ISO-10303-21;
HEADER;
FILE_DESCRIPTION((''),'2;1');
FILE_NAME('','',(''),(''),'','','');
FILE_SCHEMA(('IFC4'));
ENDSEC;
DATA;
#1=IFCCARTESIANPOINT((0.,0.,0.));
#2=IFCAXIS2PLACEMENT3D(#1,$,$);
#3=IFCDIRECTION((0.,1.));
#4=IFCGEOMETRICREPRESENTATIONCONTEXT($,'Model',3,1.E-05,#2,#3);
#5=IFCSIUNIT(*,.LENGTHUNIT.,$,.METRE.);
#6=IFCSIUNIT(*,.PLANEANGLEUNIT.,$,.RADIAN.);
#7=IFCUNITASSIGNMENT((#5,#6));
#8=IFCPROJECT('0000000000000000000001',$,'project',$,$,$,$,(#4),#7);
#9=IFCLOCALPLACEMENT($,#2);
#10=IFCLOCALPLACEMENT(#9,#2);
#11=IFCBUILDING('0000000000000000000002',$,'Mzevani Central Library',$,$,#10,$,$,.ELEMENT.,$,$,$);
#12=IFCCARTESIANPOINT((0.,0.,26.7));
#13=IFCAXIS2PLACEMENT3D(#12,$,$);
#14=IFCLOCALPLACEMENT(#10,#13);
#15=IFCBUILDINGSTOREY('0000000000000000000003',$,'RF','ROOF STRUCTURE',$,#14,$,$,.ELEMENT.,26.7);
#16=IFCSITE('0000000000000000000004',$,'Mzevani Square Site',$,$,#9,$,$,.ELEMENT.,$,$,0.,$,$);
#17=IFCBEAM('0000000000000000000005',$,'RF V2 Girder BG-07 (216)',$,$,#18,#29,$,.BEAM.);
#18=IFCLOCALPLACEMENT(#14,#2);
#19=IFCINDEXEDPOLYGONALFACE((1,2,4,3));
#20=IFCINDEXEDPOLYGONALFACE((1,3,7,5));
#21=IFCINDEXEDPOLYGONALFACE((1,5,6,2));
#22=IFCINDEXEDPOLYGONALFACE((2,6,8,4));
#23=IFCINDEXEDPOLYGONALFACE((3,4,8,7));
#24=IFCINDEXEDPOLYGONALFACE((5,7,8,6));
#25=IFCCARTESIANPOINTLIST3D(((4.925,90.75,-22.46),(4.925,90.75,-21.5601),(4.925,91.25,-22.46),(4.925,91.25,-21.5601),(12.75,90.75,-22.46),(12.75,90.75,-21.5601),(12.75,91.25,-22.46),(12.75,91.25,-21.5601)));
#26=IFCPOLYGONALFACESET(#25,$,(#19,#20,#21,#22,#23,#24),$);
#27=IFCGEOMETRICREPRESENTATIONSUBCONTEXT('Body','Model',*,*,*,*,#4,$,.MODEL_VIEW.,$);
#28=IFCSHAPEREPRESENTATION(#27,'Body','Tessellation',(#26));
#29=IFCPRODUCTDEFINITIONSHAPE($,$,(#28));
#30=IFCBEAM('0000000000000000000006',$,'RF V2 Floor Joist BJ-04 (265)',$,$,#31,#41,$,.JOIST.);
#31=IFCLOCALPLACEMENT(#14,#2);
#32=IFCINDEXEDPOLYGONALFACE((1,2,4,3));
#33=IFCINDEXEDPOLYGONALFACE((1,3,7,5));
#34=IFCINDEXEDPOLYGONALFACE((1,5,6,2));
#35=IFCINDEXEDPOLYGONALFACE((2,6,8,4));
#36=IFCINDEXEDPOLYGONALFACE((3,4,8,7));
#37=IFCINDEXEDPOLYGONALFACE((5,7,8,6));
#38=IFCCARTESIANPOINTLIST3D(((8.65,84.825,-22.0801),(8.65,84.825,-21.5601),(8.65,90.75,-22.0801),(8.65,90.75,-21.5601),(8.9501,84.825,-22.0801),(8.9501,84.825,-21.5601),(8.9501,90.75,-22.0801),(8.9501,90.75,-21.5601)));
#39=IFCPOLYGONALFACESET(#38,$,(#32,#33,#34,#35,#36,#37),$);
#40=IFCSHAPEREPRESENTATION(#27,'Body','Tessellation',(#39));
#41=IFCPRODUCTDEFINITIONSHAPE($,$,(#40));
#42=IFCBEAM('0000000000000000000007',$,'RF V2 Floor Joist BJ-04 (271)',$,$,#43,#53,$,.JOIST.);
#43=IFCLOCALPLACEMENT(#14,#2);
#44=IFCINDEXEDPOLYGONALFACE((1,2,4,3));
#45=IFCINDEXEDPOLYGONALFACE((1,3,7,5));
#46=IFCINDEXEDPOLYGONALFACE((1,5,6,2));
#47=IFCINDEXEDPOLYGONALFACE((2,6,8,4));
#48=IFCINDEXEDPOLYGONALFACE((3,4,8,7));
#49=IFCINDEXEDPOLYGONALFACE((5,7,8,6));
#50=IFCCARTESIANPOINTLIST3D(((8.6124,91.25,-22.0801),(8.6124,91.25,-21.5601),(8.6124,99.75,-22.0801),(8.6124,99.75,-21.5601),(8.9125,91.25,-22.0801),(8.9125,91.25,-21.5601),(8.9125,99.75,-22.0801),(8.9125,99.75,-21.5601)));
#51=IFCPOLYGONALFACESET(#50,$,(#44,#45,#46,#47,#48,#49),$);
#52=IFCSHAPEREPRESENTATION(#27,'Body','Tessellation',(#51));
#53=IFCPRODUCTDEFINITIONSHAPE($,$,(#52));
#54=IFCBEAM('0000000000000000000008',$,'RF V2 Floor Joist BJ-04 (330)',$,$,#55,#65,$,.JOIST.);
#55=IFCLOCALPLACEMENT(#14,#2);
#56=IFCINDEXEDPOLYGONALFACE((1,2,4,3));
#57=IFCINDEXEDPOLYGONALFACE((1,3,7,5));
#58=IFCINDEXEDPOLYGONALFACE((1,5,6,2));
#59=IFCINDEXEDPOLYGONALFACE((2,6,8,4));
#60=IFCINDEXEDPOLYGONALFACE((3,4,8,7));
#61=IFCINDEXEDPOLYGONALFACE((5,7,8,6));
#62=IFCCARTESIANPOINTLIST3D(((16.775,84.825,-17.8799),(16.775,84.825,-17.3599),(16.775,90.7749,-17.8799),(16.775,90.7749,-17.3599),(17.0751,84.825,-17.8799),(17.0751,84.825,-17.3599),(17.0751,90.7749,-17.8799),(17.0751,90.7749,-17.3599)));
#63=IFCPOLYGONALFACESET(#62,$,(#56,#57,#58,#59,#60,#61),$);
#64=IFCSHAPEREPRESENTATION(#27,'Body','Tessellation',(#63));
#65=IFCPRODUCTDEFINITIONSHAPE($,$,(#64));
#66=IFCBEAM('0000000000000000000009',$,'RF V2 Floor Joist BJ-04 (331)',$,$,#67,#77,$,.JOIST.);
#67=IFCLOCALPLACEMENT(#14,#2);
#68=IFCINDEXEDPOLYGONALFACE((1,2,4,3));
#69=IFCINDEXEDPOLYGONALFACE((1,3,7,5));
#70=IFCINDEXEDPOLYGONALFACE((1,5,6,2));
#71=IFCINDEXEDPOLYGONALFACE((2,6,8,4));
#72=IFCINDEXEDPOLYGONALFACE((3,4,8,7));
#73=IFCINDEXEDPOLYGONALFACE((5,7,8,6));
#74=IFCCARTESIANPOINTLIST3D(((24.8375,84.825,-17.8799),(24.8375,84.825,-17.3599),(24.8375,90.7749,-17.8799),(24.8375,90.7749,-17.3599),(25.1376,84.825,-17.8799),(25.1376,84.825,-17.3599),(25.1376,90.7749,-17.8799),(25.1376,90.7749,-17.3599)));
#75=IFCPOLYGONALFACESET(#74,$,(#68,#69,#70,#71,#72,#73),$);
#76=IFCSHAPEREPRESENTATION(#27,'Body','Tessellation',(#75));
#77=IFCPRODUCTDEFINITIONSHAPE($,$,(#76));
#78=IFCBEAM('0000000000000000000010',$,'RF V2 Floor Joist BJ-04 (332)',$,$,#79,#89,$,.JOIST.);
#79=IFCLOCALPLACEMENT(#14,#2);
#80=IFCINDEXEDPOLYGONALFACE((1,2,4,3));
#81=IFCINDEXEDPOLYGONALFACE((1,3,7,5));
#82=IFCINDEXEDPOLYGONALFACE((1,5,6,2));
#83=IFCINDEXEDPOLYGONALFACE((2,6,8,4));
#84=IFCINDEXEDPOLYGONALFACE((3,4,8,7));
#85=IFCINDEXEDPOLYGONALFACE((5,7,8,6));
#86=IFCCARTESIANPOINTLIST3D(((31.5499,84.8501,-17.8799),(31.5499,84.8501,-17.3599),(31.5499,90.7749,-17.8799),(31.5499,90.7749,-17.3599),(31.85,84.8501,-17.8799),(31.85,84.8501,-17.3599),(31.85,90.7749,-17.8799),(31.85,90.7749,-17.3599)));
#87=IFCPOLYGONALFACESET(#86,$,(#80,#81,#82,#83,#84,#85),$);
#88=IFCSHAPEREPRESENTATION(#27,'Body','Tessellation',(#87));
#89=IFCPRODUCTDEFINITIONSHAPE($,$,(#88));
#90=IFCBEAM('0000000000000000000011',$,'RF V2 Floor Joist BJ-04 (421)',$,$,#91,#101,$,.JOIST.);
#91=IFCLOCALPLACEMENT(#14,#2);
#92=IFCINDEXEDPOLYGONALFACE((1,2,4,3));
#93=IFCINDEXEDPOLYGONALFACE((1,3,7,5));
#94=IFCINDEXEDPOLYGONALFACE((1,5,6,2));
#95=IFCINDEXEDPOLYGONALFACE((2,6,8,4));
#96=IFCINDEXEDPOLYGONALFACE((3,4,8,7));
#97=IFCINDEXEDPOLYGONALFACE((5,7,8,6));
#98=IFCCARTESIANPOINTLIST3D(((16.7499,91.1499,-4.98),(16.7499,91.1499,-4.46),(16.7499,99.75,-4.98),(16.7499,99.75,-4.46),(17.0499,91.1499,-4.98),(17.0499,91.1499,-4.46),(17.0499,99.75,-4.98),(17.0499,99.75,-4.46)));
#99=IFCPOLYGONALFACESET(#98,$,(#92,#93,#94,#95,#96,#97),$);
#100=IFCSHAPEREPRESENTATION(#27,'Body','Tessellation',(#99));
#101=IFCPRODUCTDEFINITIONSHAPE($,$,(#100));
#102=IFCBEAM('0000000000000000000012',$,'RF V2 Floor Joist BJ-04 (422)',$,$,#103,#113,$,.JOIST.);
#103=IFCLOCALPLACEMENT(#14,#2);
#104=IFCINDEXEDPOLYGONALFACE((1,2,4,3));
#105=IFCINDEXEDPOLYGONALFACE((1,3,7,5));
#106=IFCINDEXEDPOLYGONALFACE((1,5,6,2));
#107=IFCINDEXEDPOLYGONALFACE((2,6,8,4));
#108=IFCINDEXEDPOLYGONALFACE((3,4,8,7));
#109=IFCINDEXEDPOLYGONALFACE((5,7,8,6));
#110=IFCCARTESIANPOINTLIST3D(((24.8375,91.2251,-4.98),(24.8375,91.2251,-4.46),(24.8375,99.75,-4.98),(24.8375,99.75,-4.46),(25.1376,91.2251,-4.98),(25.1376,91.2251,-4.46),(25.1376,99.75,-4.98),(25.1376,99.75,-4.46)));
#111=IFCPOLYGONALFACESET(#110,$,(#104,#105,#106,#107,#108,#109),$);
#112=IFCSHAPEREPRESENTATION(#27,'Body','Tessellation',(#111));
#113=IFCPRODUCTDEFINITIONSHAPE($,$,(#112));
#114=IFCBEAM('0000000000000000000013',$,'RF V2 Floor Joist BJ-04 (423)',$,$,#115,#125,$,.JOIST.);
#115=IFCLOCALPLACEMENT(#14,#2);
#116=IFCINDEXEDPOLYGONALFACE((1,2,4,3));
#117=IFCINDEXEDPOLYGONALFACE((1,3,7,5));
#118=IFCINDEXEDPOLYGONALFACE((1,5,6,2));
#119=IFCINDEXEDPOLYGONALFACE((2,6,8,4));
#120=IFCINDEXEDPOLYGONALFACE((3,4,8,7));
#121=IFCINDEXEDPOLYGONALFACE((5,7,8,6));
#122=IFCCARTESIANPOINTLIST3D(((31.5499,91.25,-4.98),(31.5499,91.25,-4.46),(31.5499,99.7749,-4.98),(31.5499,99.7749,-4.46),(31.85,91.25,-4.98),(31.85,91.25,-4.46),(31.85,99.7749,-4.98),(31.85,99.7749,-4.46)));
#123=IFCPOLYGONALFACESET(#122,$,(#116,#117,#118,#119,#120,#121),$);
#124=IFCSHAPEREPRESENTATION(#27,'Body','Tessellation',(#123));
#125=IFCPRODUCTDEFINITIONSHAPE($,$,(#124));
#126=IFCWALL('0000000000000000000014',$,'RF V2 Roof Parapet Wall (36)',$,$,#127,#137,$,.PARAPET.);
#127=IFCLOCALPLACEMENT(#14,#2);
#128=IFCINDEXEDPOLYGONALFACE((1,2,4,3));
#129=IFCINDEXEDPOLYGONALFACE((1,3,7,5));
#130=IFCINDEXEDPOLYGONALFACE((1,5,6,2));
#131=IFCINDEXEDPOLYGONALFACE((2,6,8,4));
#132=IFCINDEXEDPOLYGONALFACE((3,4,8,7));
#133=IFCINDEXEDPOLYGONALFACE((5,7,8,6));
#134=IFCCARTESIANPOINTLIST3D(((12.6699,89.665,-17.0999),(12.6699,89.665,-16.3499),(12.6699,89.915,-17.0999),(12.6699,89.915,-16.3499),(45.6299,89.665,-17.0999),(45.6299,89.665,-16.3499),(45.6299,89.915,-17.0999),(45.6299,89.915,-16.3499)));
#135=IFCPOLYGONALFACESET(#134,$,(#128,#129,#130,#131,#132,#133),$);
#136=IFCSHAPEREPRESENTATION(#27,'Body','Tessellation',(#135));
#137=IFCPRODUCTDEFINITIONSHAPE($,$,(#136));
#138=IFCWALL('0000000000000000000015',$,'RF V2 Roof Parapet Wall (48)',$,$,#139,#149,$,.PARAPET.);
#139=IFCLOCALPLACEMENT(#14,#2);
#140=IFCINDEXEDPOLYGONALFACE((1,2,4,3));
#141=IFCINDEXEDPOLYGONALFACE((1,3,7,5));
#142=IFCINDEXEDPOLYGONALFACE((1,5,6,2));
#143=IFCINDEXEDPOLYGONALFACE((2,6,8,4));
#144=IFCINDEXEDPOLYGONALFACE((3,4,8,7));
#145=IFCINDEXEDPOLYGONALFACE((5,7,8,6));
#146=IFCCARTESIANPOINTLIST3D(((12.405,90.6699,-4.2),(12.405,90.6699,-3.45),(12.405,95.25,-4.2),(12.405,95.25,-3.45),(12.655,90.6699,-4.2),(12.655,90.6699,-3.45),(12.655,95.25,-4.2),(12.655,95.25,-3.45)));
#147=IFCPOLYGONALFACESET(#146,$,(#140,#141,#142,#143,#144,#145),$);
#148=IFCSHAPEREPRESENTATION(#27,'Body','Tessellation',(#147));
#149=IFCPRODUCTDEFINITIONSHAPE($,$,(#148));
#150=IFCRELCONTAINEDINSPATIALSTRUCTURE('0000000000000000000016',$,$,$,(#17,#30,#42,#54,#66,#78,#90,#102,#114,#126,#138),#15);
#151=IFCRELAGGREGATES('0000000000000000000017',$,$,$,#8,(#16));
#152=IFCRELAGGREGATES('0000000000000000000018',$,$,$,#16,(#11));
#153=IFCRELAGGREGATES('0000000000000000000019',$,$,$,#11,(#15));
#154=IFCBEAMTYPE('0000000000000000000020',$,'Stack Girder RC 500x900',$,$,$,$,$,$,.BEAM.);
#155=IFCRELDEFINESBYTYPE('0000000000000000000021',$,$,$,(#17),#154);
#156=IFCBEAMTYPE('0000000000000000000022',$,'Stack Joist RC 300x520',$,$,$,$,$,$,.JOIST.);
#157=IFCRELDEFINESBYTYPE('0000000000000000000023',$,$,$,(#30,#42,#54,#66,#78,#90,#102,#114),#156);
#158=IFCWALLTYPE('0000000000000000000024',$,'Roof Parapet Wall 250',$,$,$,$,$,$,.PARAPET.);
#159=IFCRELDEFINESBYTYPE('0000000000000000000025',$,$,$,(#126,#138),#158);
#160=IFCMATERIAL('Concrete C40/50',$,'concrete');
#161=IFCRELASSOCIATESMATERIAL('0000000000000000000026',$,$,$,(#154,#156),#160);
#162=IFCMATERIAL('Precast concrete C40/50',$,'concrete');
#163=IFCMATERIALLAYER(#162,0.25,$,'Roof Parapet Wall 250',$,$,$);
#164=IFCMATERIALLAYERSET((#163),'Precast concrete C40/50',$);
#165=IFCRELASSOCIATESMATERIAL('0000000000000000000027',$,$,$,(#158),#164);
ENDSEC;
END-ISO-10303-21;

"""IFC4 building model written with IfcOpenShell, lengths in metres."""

from ifc_helpers import new_model, si_unit, direction, frame, frame_2d, origin, origin_2d, place, context, subcontext, project, spatial, rectangle, extrude, material, layer, layer_set, material_profile, profile_set, type_object, element, save


model = new_model("IFC4")

# Units and contexts
model_context = context("Model", 3, precision=1e-05, world=origin(), true_north=direction((0.0, 1.0)))
body_context = subcontext(model_context, "Body", "Model", "MODEL_VIEW")
ifc_project = project(units=[si_unit("LENGTHUNIT", "METRE"), si_unit("PLANEANGLEUNIT", "RADIAN")], contexts=[model_context])

# Site, building, storey
site_placement = place(None, origin())
site = spatial("IfcSite", under=ifc_project, at=site_placement, Name="Mzevani Square Site", CompositionType="ELEMENT", RefElevation=0.0)
building_placement = place(site_placement, origin())
building = spatial("IfcBuilding", under=site, at=building_placement, Name="Mzevani Central Library", CompositionType="ELEMENT")
storey_placement = place(building_placement, frame((0.0, 0.0, 26.7)))
storey = spatial("IfcBuildingStorey", under=building, at=storey_placement, Name="RF", Description="ROOF STRUCTURE", CompositionType="ELEMENT", Elevation=26.7)

# Beams
ifc_material_1 = material(Name="Precast concrete C40/50", Category="concrete")
ifc_material_2 = material(Name="Concrete C40/50", Category="concrete")
ifc_material_profile_1 = material_profile(ifc_material_2, rectangle(XDim=0.5, YDim=0.8999, at=origin_2d()), Name="RC B500x900")
ifc_profile_set_1 = profile_set([ifc_material_profile_1], Name="Concrete C40/50")
beam_type_1 = type_object("IfcBeamType", Name="Stack Girder RC 500x900", PredefinedType="BEAM", material=ifc_profile_set_1)
beam_1_placement = place(storey_placement, frame((4.925, 91.0, -22.01), z_axis=(1.0, 0.0, 0.0), x_axis=(0.0, 1.0, 0.0)))
element("IfcBeam", 1, at=beam_1_placement, inside=storey, type_object=beam_type_1, Name="RF V2 Girder BG-07 (216)", PredefinedType="BEAM", context=body_context, shape_type="SweptSolid", body=[
    extrude(rectangle(XDim=0.5, YDim=0.8999, at=origin_2d()), origin(), (0.0, 0.0, 1.0), 7.825),
])
ifc_material_profile_2 = material_profile(ifc_material_2, rectangle(XDim=0.3, YDim=0.52, at=origin_2d()), Name="RC J300x520")
ifc_profile_set_2 = profile_set([ifc_material_profile_2], Name="Concrete C40/50")
beam_type_2 = type_object("IfcBeamType", Name="Stack Joist RC 300x520", PredefinedType="JOIST", material=ifc_profile_set_2)
beam_2_placement = place(storey_placement, frame((8.8, 84.825, -21.8201), z_axis=(0.0, 1.0, 0.0), x_axis=(-1.0, 0.0, 0.0)))
element("IfcBeam", 2, at=beam_2_placement, inside=storey, type_object=beam_type_2, Name="RF V2 Floor Joist BJ-04 (265)", PredefinedType="JOIST", context=body_context, shape_type="SweptSolid", body=[
    extrude(rectangle(XDim=0.3, YDim=0.52, at=origin_2d()), origin(), (0.0, 0.0, 1.0), 5.925),
])
beam_3_placement = place(storey_placement, frame((8.7625, 91.25, -21.8201), z_axis=(0.0, 1.0, 0.0), x_axis=(-1.0, 0.0, 0.0)))
element("IfcBeam", 3, at=beam_3_placement, inside=storey, type_object=beam_type_2, Name="RF V2 Floor Joist BJ-04 (271)", PredefinedType="JOIST", context=body_context, shape_type="SweptSolid", body=[
    extrude(rectangle(XDim=0.3, YDim=0.52, at=origin_2d()), origin(), (0.0, 0.0, 1.0), 8.5),
])
for number, where, z_axis, x_axis, name in (
    (4, (16.925, 84.825, -17.6199), (0.0, 1.0, 0.0), (-1.0, 0.0, 0.0), "RF V2 Floor Joist BJ-04 (330)"),
    (5, (24.9875, 84.825, -17.6199), (0.0, 1.0, 0.0), (-1.0, 0.0, 0.0), "RF V2 Floor Joist BJ-04 (331)"),
):
    element("IfcBeam", number, at=place(storey_placement, frame(where, z_axis=z_axis, x_axis=x_axis)), inside=storey, type_object=beam_type_2, Name=name, PredefinedType="JOIST", context=body_context, shape_type="SweptSolid", body=[
        extrude(rectangle(XDim=0.3, YDim=0.52, at=origin_2d()), origin(), (0.0, 0.0, 1.0), 5.95),
    ])
beam_4_placement = place(storey_placement, frame((31.7, 84.8501, -17.6199), z_axis=(0.0, 1.0, 0.0), x_axis=(-1.0, 0.0, 0.0)))
element("IfcBeam", 6, at=beam_4_placement, inside=storey, type_object=beam_type_2, Name="RF V2 Floor Joist BJ-04 (332)", PredefinedType="JOIST", context=body_context, shape_type="SweptSolid", body=[
    extrude(rectangle(XDim=0.3, YDim=0.52, at=origin_2d()), origin(), (0.0, 0.0, 1.0), 5.9248),
])
beam_5_placement = place(storey_placement, frame((16.8999, 91.1499, -4.72), z_axis=(0.0, 1.0, 0.0), x_axis=(-1.0, 0.0, 0.0)))
element("IfcBeam", 7, at=beam_5_placement, inside=storey, type_object=beam_type_2, Name="RF V2 Floor Joist BJ-04 (421)", PredefinedType="JOIST", context=body_context, shape_type="SweptSolid", body=[
    extrude(rectangle(XDim=0.3, YDim=0.52, at=origin_2d()), origin(), (0.0, 0.0, 1.0), 8.6001),
])
for number, where, z_axis, x_axis, name in (
    (8, (24.9875, 91.2251, -4.72), (0.0, 1.0, 0.0), (-1.0, 0.0, 0.0), "RF V2 Floor Joist BJ-04 (422)"),
    (9, (31.7, 91.25, -4.72), (0.0, 1.0, 0.0), (-1.0, 0.0, 0.0), "RF V2 Floor Joist BJ-04 (423)"),
):
    element("IfcBeam", number, at=place(storey_placement, frame(where, z_axis=z_axis, x_axis=x_axis)), inside=storey, type_object=beam_type_2, Name=name, PredefinedType="JOIST", context=body_context, shape_type="SweptSolid", body=[
        extrude(rectangle(XDim=0.3, YDim=0.52, at=origin_2d()), origin(), (0.0, 0.0, 1.0), 8.5249),
    ])

# Walls
ifc_layer = layer(ifc_material_1, 0.25, Name="Roof Parapet Wall 250")
ifc_layer_set = layer_set([ifc_layer], Name="Precast concrete C40/50")
wall_type = type_object("IfcWallType", Name="Roof Parapet Wall 250", PredefinedType="PARAPET", material=ifc_layer_set)
wall_1_placement = place(storey_placement, frame((12.6699, 89.79, -17.0999), z_axis=(0.0, 0.0, 1.0), x_axis=(1.0, 0.0, 0.0)))
element("IfcWall", 10, at=wall_1_placement, inside=storey, type_object=wall_type, Name="RF V2 Roof Parapet Wall (36)", PredefinedType="PARAPET", context=body_context, shape_type="SweptSolid", body=[
    extrude(rectangle(XDim=32.96, YDim=0.25, at=frame_2d((16.48, 0.0))), origin(), (0.0, 0.0, 1.0), 0.75),
])
wall_2_placement = place(storey_placement, frame((12.53, 90.6699, -4.2), z_axis=(0.0, 0.0, 1.0), x_axis=(0.0, 1.0, 0.0)))
element("IfcWall", 11, at=wall_2_placement, inside=storey, type_object=wall_type, Name="RF V2 Roof Parapet Wall (48)", PredefinedType="PARAPET", context=body_context, shape_type="SweptSolid", body=[
    extrude(rectangle(XDim=4.5801, YDim=0.25, at=frame_2d((2.29, 0.0))), origin(), (0.0, 0.0, 1.0), 0.75),
])

save(model, "model.ifc")
